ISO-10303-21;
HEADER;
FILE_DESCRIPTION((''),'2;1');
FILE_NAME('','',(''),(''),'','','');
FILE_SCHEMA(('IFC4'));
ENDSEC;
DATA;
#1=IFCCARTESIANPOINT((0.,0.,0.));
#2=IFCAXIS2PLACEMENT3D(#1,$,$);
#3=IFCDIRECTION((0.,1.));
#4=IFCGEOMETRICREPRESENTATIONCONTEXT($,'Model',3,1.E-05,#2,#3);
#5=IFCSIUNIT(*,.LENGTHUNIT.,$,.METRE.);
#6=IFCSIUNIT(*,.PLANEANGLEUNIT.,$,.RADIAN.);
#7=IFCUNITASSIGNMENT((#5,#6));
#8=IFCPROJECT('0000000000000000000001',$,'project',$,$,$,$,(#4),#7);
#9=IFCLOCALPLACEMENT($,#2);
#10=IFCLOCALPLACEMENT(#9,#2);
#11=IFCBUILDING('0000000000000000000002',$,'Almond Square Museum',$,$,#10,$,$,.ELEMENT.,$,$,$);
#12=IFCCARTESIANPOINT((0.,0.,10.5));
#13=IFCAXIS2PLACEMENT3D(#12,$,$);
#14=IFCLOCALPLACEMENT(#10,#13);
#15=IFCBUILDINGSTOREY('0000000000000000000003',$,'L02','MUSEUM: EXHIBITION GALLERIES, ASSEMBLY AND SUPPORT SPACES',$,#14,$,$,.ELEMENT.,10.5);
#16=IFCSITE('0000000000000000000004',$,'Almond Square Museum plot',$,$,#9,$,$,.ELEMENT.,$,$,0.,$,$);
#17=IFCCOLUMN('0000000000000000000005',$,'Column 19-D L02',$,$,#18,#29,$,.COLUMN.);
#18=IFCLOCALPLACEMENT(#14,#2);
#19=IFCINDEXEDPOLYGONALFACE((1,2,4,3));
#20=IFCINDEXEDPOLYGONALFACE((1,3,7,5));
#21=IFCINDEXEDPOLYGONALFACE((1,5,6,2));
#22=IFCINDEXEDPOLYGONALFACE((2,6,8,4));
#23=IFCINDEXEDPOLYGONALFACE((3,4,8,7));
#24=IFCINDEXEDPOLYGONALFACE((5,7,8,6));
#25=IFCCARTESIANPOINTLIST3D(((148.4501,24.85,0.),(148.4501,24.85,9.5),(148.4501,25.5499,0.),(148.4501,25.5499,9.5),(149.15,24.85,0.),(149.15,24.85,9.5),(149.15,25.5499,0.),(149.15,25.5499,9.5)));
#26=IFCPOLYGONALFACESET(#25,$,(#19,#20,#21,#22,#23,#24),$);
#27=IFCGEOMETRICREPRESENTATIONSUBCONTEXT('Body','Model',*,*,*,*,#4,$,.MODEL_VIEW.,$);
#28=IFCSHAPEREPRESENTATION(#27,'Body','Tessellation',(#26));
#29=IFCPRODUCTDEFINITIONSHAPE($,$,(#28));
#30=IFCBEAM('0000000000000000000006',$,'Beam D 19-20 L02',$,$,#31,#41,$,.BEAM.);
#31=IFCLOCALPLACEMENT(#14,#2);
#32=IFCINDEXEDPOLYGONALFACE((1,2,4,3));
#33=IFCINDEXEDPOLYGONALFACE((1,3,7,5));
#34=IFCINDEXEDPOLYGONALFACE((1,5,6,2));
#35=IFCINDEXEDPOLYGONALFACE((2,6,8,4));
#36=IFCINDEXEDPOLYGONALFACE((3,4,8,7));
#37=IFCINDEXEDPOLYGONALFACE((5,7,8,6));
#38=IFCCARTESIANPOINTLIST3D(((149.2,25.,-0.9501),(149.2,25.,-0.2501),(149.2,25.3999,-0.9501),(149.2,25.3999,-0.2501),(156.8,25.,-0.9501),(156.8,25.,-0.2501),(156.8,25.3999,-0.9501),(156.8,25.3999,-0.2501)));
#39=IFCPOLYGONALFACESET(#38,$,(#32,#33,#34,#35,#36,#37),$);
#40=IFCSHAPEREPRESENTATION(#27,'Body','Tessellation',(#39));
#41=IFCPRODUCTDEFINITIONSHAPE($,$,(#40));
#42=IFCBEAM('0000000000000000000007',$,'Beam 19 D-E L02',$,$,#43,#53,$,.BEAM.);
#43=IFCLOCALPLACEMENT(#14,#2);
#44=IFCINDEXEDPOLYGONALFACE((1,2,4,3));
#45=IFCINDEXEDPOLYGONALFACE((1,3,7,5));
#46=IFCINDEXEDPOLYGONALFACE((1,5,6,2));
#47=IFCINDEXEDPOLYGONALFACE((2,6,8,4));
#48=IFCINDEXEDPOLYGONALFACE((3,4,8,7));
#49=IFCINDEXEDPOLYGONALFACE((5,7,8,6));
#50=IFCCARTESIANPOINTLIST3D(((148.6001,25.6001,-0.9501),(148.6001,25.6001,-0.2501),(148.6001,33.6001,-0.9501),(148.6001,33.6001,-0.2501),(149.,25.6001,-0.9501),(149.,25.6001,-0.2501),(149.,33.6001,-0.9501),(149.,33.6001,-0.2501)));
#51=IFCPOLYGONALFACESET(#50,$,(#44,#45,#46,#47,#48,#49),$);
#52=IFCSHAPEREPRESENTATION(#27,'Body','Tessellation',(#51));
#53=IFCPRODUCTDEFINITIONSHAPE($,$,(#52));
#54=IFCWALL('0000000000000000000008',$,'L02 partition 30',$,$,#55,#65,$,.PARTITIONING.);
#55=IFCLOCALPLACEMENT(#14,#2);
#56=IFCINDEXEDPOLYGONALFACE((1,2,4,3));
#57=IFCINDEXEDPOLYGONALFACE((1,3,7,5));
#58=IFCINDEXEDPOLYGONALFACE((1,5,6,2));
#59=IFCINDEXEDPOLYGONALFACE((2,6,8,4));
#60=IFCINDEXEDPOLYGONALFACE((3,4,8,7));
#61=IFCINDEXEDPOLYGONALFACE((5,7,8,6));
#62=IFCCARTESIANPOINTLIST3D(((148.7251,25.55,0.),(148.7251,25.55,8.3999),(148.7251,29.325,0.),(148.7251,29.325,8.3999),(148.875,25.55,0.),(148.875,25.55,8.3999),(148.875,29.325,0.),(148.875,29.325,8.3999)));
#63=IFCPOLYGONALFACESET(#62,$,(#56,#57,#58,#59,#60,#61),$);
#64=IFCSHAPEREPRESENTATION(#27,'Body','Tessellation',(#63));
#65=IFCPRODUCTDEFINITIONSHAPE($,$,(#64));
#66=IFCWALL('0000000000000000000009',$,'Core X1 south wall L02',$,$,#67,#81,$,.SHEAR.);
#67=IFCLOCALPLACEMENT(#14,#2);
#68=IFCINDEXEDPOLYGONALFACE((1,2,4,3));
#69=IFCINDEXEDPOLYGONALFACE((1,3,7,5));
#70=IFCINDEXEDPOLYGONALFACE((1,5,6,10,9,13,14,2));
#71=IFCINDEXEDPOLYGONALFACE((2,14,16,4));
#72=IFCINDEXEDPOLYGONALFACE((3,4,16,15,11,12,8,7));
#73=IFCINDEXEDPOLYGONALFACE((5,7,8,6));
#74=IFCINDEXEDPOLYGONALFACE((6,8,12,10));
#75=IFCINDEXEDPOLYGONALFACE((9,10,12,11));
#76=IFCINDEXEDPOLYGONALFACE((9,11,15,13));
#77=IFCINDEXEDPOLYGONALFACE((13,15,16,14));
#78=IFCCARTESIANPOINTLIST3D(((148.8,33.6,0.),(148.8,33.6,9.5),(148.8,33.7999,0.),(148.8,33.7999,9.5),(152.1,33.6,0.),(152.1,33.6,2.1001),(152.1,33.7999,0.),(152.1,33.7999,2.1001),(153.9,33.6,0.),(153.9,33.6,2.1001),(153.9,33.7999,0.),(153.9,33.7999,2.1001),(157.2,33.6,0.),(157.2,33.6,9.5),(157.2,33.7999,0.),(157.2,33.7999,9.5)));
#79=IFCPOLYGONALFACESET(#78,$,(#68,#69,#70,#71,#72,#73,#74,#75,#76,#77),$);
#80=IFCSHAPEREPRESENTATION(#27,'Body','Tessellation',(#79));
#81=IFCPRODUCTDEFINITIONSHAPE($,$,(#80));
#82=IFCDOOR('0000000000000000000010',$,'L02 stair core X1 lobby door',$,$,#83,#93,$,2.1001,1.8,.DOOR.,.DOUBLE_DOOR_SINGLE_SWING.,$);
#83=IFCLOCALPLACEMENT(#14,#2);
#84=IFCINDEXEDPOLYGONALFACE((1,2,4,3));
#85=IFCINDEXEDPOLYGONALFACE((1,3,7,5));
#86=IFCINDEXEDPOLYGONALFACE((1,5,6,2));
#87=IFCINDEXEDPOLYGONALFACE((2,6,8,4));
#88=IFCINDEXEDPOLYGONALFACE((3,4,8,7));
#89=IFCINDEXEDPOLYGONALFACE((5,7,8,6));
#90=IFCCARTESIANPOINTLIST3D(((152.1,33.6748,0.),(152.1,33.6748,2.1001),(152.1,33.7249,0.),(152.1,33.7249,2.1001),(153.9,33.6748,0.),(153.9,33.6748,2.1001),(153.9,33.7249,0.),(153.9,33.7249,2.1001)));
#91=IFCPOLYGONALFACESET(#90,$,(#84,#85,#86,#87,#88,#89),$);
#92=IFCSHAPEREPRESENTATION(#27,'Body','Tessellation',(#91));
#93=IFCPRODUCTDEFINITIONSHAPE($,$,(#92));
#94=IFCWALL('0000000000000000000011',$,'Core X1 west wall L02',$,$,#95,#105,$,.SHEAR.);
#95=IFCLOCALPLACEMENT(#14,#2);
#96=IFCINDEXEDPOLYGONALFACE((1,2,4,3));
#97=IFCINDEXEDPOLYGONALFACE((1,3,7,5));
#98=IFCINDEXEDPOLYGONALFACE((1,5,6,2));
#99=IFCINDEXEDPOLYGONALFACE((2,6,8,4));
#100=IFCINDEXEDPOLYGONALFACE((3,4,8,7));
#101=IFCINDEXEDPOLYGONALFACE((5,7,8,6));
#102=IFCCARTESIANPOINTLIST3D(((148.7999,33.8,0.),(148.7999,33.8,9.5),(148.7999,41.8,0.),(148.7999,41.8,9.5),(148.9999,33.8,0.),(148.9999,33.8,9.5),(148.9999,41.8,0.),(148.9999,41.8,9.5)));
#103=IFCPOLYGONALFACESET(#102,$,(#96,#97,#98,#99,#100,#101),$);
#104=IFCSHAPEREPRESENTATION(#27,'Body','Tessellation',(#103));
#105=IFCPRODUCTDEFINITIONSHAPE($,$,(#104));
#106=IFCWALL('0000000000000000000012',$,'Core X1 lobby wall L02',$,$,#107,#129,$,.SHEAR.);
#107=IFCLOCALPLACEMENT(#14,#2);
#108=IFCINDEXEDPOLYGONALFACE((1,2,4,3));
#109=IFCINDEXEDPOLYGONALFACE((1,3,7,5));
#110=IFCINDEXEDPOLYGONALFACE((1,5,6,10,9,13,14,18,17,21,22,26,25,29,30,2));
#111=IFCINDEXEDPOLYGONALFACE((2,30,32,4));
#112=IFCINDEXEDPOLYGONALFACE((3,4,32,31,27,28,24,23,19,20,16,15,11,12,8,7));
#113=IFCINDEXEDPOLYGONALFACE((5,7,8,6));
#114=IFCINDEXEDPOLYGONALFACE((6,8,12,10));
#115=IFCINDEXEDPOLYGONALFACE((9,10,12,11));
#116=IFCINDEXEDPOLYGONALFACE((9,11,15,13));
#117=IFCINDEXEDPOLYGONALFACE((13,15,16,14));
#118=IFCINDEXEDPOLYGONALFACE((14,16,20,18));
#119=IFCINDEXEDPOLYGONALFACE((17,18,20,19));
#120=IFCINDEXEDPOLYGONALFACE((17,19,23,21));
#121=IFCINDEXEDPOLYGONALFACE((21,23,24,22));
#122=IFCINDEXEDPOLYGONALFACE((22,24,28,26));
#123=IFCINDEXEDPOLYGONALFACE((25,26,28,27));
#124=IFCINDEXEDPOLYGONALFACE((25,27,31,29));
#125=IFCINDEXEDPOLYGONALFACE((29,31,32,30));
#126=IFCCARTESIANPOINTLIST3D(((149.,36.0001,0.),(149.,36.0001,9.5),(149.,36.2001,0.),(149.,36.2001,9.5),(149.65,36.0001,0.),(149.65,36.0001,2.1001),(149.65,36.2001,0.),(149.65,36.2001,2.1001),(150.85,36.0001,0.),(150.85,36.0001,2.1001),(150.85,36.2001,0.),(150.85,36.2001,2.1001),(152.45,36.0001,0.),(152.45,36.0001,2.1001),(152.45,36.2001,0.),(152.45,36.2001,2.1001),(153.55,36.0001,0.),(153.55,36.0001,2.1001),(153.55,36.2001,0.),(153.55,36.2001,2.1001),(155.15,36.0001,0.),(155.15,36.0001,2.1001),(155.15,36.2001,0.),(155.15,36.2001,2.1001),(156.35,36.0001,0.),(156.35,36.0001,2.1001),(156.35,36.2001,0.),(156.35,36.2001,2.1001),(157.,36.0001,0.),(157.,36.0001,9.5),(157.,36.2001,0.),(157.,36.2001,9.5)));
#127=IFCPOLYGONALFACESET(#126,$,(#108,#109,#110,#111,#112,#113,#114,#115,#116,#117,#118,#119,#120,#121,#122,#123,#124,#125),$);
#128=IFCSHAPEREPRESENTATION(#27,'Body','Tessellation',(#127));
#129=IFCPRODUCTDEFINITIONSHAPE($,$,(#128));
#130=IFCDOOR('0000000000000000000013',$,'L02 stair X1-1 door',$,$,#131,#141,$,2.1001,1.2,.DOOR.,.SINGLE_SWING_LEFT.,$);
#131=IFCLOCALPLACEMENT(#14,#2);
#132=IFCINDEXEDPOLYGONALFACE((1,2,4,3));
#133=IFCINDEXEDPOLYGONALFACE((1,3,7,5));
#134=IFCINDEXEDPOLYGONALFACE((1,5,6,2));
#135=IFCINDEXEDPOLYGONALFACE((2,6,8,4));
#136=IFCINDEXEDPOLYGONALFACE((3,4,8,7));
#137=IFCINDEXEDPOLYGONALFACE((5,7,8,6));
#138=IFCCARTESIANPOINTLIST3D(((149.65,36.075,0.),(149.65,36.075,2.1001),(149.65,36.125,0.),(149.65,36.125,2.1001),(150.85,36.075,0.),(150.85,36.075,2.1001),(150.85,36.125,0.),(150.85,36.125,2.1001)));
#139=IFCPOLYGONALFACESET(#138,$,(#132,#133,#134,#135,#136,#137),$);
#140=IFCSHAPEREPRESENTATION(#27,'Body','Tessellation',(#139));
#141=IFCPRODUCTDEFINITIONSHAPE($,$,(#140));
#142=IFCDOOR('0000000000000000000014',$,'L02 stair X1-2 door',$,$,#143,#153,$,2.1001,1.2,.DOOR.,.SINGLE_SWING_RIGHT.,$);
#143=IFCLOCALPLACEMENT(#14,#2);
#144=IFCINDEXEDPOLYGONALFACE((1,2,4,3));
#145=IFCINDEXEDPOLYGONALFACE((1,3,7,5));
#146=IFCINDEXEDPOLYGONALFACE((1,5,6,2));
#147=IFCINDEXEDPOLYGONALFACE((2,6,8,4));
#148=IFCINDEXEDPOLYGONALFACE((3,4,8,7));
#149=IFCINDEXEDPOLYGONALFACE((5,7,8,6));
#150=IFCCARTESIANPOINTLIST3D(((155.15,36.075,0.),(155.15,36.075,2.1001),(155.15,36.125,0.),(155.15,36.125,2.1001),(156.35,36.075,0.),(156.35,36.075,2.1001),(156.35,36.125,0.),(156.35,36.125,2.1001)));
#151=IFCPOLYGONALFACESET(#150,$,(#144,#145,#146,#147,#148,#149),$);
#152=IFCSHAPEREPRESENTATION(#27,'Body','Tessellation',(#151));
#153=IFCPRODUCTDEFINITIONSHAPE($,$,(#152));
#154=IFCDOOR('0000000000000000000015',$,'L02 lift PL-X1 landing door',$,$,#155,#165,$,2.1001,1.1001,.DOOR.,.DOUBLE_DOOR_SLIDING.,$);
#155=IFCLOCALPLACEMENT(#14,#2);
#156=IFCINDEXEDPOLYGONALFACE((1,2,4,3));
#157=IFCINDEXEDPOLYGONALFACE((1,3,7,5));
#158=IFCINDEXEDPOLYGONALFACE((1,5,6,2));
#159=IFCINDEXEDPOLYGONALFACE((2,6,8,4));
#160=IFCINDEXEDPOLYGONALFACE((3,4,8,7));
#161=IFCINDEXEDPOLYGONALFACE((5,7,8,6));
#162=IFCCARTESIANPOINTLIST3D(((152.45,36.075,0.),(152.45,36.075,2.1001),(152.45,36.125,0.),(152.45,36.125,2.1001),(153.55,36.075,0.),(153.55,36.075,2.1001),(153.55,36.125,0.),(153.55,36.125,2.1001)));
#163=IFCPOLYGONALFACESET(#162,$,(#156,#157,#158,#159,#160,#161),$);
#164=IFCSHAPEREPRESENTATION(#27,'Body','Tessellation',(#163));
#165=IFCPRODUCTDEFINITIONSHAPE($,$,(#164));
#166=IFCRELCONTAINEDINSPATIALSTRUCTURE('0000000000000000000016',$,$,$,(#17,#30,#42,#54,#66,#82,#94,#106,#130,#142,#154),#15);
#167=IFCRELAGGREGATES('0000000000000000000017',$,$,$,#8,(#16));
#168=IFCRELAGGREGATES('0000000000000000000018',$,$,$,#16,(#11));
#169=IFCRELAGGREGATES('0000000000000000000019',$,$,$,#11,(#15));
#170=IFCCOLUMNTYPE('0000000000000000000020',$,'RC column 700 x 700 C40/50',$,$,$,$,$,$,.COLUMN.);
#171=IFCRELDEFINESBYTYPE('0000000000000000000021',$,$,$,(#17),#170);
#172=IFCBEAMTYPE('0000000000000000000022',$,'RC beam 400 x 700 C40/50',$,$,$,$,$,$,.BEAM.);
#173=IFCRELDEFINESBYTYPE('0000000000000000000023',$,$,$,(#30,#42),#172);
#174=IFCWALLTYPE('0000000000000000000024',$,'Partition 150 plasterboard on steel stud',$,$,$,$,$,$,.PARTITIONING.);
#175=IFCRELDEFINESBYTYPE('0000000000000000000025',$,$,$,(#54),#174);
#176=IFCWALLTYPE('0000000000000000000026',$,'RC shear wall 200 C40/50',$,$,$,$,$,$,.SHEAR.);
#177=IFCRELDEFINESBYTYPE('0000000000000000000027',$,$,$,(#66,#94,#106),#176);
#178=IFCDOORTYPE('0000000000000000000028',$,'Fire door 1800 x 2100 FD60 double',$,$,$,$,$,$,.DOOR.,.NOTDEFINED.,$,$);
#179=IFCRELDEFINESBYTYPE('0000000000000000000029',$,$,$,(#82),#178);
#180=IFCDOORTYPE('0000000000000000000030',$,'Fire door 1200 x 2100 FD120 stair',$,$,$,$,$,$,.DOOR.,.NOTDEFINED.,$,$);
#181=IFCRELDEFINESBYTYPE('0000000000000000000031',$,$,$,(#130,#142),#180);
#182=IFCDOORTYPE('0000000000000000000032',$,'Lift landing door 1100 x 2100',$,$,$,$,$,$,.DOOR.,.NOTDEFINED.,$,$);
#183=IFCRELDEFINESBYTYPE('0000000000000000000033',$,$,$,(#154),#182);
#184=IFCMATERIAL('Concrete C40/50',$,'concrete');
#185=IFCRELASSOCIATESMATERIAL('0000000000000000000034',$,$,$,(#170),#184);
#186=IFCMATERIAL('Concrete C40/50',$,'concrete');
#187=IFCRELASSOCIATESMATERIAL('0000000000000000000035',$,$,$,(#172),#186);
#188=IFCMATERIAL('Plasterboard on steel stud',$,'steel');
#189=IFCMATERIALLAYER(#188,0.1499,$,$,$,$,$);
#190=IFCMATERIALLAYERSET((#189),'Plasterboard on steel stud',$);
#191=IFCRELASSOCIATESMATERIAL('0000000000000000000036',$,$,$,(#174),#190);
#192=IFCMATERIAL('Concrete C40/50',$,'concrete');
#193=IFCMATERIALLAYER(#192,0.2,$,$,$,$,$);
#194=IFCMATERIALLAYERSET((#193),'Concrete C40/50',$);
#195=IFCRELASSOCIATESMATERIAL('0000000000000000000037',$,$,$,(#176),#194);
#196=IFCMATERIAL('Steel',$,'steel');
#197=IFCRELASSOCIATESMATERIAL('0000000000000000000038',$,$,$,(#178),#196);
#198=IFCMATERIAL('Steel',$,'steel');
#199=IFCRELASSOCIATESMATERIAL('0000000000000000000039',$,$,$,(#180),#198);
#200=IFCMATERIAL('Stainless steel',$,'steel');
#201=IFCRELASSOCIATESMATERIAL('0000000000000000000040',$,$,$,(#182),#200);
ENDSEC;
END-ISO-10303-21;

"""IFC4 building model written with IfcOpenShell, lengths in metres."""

from ifc_helpers import new_model, si_unit, direction, frame, frame_2d, origin, origin_2d, place, context, subcontext, project, spatial, rectangle, extrude, material, layer, layer_set, material_profile, profile_set, type_object, element, fill, save


model = new_model("IFC4")

# Units and contexts
model_context = context("Model", 3, precision=1e-05, world=origin(), true_north=direction((0.0, 1.0)))
body_context = subcontext(model_context, "Body", "Model", "MODEL_VIEW")
ifc_project = project(units=[si_unit("LENGTHUNIT", "METRE"), si_unit("PLANEANGLEUNIT", "RADIAN")], contexts=[model_context])

# Site, building, storey
site_placement = place(None, origin())
site = spatial("IfcSite", under=ifc_project, at=site_placement, Name="Almond Square Museum plot", CompositionType="ELEMENT", RefElevation=0.0)
building_placement = place(site_placement, origin())
building = spatial("IfcBuilding", under=site, at=building_placement, Name="Almond Square Museum", CompositionType="ELEMENT")
storey_placement = place(building_placement, frame((0.0, 0.0, 10.5)))
storey = spatial("IfcBuildingStorey", under=building, at=storey_placement, Name="L02", Description="MUSEUM: EXHIBITION GALLERIES, ASSEMBLY AND SUPPORT SPACES", CompositionType="ELEMENT", Elevation=10.5)

# Column
ifc_material_1 = material(Name="Concrete C40/50", Category="concrete")
ifc_material_profile_1 = material_profile(ifc_material_1, rectangle(XDim=0.7, YDim=0.7, at=origin_2d()))
ifc_profile_set_1 = profile_set([ifc_material_profile_1], Name="Concrete C40/50")
column_type = type_object("IfcColumnType", Name="RC column 700 x 700 C40/50", PredefinedType="COLUMN", material=ifc_profile_set_1)
column_placement = place(storey_placement, frame((148.8, 25.2, 0.0), z_axis=(0.0, 0.0, 1.0), x_axis=(1.0, 0.0, 0.0)))
element("IfcColumn", 1, at=column_placement, inside=storey, type_object=column_type, Name="Column 19-D L02", PredefinedType="COLUMN", context=body_context, shape_type="SweptSolid", body=[
    extrude(rectangle(XDim=0.7, YDim=0.7, at=origin_2d()), origin(), (0.0, 0.0, 1.0), 9.5),
])

# Beams
ifc_material_2 = material(Name="Concrete C40/50", Category="concrete")
ifc_material_profile_2 = material_profile(ifc_material_2, rectangle(XDim=0.3999, YDim=0.7, at=origin_2d()))
ifc_profile_set_2 = profile_set([ifc_material_profile_2], Name="Concrete C40/50")
beam_type = type_object("IfcBeamType", Name="RC beam 400 x 700 C40/50", PredefinedType="BEAM", material=ifc_profile_set_2)
beam_1_placement = place(storey_placement, frame((149.2, 25.2, -0.6001), z_axis=(1.0, 0.0, 0.0), x_axis=(0.0, 1.0, 0.0)))
element("IfcBeam", 2, at=beam_1_placement, inside=storey, type_object=beam_type, Name="Beam D 19-20 L02", PredefinedType="BEAM", context=body_context, shape_type="SweptSolid", body=[
    extrude(rectangle(XDim=0.3999, YDim=0.7, at=origin_2d()), origin(), (0.0, 0.0, 1.0), 7.6001),
])
beam_2_placement = place(storey_placement, frame((148.8, 25.6001, -0.6001), z_axis=(0.0, 1.0, 0.0), x_axis=(-1.0, 0.0, 0.0)))
element("IfcBeam", 3, at=beam_2_placement, inside=storey, type_object=beam_type, Name="Beam 19 D-E L02", PredefinedType="BEAM", context=body_context, shape_type="SweptSolid", body=[
    extrude(rectangle(XDim=0.3999, YDim=0.7, at=origin_2d()), origin(), (0.0, 0.0, 1.0), 8.0),
])

# Wall
ifc_material_3 = material(Name="Plasterboard on steel stud", Category="steel")
ifc_layer_1 = layer(ifc_material_3, 0.1499)
ifc_layer_set_1 = layer_set([ifc_layer_1], Name="Plasterboard on steel stud")
wall_type_1 = type_object("IfcWallType", Name="Partition 150 plasterboard on steel stud", PredefinedType="PARTITIONING", material=ifc_layer_set_1)
wall_1_placement = place(storey_placement, frame((148.8, 25.55, 0.0), z_axis=(0.0, 0.0, 1.0), x_axis=(0.0, 1.0, 0.0)))
element("IfcWall", 4, at=wall_1_placement, inside=storey, type_object=wall_type_1, Name="L02 partition 30", PredefinedType="PARTITIONING", context=body_context, shape_type="SweptSolid", body=[
    extrude(rectangle(XDim=3.7749, YDim=0.1499, at=frame_2d((1.8875, 0.0))), origin(), (0.0, 0.0, 1.0), 8.3999),
])

# Wall, opening, door
ifc_material_4 = material(Name="Concrete C40/50", Category="concrete")
ifc_layer_2 = layer(ifc_material_4, 0.2)
ifc_layer_set_2 = layer_set([ifc_layer_2], Name="Concrete C40/50")
wall_type_2 = type_object("IfcWallType", Name="RC shear wall 200 C40/50", PredefinedType="SHEAR", material=ifc_layer_set_2)
wall_2_placement = place(storey_placement, frame((148.8, 33.7, 0.0), z_axis=(0.0, 0.0, 1.0), x_axis=(1.0, 0.0, 0.0)))
wall_2 = element("IfcWall", 5, at=wall_2_placement, inside=storey, type_object=wall_type_2, Name="Core X1 south wall L02", PredefinedType="SHEAR", context=body_context, shape_type="SweptSolid", body=[
    extrude(rectangle(XDim=8.3999, YDim=0.2, at=frame_2d((4.2, 0.0))), origin(), (0.0, 0.0, 1.0), 9.5),
])
opening_1_placement = place(wall_2_placement, frame((3.3, 0.0, 0.0)))
opening_1 = element("IfcOpeningElement", 6, at=opening_1_placement, cuts=wall_2, PredefinedType="OPENING", context=body_context, shape_type="SweptSolid", body=[
    extrude(rectangle(XDim=1.8, YDim=2.1001, at=frame_2d((0.8999, 1.05))), frame((0.0, 0.1099, 0.0), z_axis=(0.0, -1.0, 0.0), x_axis=(1.0, 0.0, 0.0)), (0.0, 0.0, 1.0), 0.22),
])
ifc_material_5 = material(Name="Steel", Category="steel")
door_type_1 = type_object("IfcDoorType", Name="Fire door 1800 x 2100 FD60 double", OperationType="NOTDEFINED", PredefinedType="DOOR", material=ifc_material_5)
door_1_placement = place(opening_1_placement, origin())
door_1 = element("IfcDoor", 7, at=door_1_placement, inside=storey, type_object=door_type_1, Name="L02 stair core X1 lobby door", OperationType="DOUBLE_DOOR_SINGLE_SWING", OverallHeight=2.1001, OverallWidth=1.8, PredefinedType="DOOR", context=body_context, shape_type="SweptSolid", body=[
    extrude(rectangle(XDim=1.8, YDim=2.1001, at=frame_2d((0.8999, 1.05))), frame((0.0, 0.0249, 0.0), z_axis=(0.0, -1.0, 0.0), x_axis=(1.0, 0.0, 0.0)), (0.0, 0.0, 1.0), 0.05),
])
fill(opening_1, door_1)

# Wall
wall_3_placement = place(storey_placement, frame((148.8999, 33.8, 0.0), z_axis=(0.0, 0.0, 1.0), x_axis=(0.0, 1.0, 0.0)))
element("IfcWall", 8, at=wall_3_placement, inside=storey, type_object=wall_type_2, Name="Core X1 west wall L02", PredefinedType="SHEAR", context=body_context, shape_type="SweptSolid", body=[
    extrude(rectangle(XDim=8.0, YDim=0.2, at=frame_2d((4.0, 0.0))), origin(), (0.0, 0.0, 1.0), 9.5),
])

# Wall, openings, doors
wall_4_placement = place(storey_placement, frame((149.0, 36.1001, 0.0), z_axis=(0.0, 0.0, 1.0), x_axis=(1.0, 0.0, 0.0)))
wall_4 = element("IfcWall", 9, at=wall_4_placement, inside=storey, type_object=wall_type_2, Name="Core X1 lobby wall L02", PredefinedType="SHEAR", context=body_context, shape_type="SweptSolid", body=[
    extrude(rectangle(XDim=8.0, YDim=0.2, at=frame_2d((4.0, 0.0))), origin(), (0.0, 0.0, 1.0), 9.5),
])
opening_2_placement = place(wall_4_placement, frame((0.6499, 0.0, 0.0)))
opening_2 = element("IfcOpeningElement", 10, at=opening_2_placement, cuts=wall_4, PredefinedType="OPENING", context=body_context, shape_type="SweptSolid", body=[
    extrude(rectangle(XDim=1.2, YDim=2.1001, at=frame_2d((0.6001, 1.05))), frame((0.0, 0.1099, 0.0), z_axis=(0.0, -1.0, 0.0), x_axis=(1.0, 0.0, 0.0)), (0.0, 0.0, 1.0), 0.22),
])
opening_3_placement = place(wall_4_placement, frame((6.1499, 0.0, 0.0)))
opening_3 = element("IfcOpeningElement", 11, at=opening_3_placement, cuts=wall_4, PredefinedType="OPENING", context=body_context, shape_type="SweptSolid", body=[
    extrude(rectangle(XDim=1.2, YDim=2.1001, at=frame_2d((0.6001, 1.05))), frame((0.0, 0.1099, 0.0), z_axis=(0.0, -1.0, 0.0), x_axis=(1.0, 0.0, 0.0)), (0.0, 0.0, 1.0), 0.22),
])
opening_4_placement = place(wall_4_placement, frame((3.45, 0.0, 0.0)))
opening_4 = element("IfcOpeningElement", 12, at=opening_4_placement, cuts=wall_4, PredefinedType="OPENING", context=body_context, shape_type="SweptSolid", body=[
    extrude(rectangle(XDim=1.1001, YDim=2.1001, at=frame_2d((0.55, 1.05))), frame((0.0, 0.1099, 0.0), z_axis=(0.0, -1.0, 0.0), x_axis=(1.0, 0.0, 0.0)), (0.0, 0.0, 1.0), 0.22),
])
ifc_material_6 = material(Name="Steel", Category="steel")
door_type_2 = type_object("IfcDoorType", Name="Fire door 1200 x 2100 FD120 stair", OperationType="NOTDEFINED", PredefinedType="DOOR", material=ifc_material_6)
door_2_placement = place(opening_2_placement, origin())
door_2 = element("IfcDoor", 13, at=door_2_placement, inside=storey, type_object=door_type_2, Name="L02 stair X1-1 door", OperationType="SINGLE_SWING_LEFT", OverallHeight=2.1001, OverallWidth=1.2, PredefinedType="DOOR", context=body_context, shape_type="SweptSolid", body=[
    extrude(rectangle(XDim=1.2, YDim=2.1001, at=frame_2d((0.6001, 1.05))), frame((0.0, 0.0249, 0.0), z_axis=(0.0, -1.0, 0.0), x_axis=(1.0, 0.0, 0.0)), (0.0, 0.0, 1.0), 0.05),
])
fill(opening_2, door_2)
door_3_placement = place(opening_3_placement, origin())
door_3 = element("IfcDoor", 14, at=door_3_placement, inside=storey, type_object=door_type_2, Name="L02 stair X1-2 door", OperationType="SINGLE_SWING_RIGHT", OverallHeight=2.1001, OverallWidth=1.2, PredefinedType="DOOR", context=body_context, shape_type="SweptSolid", body=[
    extrude(rectangle(XDim=1.2, YDim=2.1001, at=frame_2d((0.6001, 1.05))), frame((0.0, 0.0249, 0.0), z_axis=(0.0, -1.0, 0.0), x_axis=(1.0, 0.0, 0.0)), (0.0, 0.0, 1.0), 0.05),
])
fill(opening_3, door_3)
ifc_material_7 = material(Name="Stainless steel", Category="steel")
door_type_3 = type_object("IfcDoorType", Name="Lift landing door 1100 x 2100", OperationType="NOTDEFINED", PredefinedType="DOOR", material=ifc_material_7)
door_4_placement = place(opening_4_placement, origin())
door_4 = element("IfcDoor", 15, at=door_4_placement, inside=storey, type_object=door_type_3, Name="L02 lift PL-X1 landing door", OperationType="DOUBLE_DOOR_SLIDING", OverallHeight=2.1001, OverallWidth=1.1001, PredefinedType="DOOR", context=body_context, shape_type="SweptSolid", body=[
    extrude(rectangle(XDim=1.1001, YDim=2.1001, at=frame_2d((0.55, 1.05))), frame((0.0, 0.0249, 0.0), z_axis=(0.0, -1.0, 0.0), x_axis=(1.0, 0.0, 0.0)), (0.0, 0.0, 1.0), 0.05),
])
fill(opening_4, door_4)

save(model, "model.ifc")
